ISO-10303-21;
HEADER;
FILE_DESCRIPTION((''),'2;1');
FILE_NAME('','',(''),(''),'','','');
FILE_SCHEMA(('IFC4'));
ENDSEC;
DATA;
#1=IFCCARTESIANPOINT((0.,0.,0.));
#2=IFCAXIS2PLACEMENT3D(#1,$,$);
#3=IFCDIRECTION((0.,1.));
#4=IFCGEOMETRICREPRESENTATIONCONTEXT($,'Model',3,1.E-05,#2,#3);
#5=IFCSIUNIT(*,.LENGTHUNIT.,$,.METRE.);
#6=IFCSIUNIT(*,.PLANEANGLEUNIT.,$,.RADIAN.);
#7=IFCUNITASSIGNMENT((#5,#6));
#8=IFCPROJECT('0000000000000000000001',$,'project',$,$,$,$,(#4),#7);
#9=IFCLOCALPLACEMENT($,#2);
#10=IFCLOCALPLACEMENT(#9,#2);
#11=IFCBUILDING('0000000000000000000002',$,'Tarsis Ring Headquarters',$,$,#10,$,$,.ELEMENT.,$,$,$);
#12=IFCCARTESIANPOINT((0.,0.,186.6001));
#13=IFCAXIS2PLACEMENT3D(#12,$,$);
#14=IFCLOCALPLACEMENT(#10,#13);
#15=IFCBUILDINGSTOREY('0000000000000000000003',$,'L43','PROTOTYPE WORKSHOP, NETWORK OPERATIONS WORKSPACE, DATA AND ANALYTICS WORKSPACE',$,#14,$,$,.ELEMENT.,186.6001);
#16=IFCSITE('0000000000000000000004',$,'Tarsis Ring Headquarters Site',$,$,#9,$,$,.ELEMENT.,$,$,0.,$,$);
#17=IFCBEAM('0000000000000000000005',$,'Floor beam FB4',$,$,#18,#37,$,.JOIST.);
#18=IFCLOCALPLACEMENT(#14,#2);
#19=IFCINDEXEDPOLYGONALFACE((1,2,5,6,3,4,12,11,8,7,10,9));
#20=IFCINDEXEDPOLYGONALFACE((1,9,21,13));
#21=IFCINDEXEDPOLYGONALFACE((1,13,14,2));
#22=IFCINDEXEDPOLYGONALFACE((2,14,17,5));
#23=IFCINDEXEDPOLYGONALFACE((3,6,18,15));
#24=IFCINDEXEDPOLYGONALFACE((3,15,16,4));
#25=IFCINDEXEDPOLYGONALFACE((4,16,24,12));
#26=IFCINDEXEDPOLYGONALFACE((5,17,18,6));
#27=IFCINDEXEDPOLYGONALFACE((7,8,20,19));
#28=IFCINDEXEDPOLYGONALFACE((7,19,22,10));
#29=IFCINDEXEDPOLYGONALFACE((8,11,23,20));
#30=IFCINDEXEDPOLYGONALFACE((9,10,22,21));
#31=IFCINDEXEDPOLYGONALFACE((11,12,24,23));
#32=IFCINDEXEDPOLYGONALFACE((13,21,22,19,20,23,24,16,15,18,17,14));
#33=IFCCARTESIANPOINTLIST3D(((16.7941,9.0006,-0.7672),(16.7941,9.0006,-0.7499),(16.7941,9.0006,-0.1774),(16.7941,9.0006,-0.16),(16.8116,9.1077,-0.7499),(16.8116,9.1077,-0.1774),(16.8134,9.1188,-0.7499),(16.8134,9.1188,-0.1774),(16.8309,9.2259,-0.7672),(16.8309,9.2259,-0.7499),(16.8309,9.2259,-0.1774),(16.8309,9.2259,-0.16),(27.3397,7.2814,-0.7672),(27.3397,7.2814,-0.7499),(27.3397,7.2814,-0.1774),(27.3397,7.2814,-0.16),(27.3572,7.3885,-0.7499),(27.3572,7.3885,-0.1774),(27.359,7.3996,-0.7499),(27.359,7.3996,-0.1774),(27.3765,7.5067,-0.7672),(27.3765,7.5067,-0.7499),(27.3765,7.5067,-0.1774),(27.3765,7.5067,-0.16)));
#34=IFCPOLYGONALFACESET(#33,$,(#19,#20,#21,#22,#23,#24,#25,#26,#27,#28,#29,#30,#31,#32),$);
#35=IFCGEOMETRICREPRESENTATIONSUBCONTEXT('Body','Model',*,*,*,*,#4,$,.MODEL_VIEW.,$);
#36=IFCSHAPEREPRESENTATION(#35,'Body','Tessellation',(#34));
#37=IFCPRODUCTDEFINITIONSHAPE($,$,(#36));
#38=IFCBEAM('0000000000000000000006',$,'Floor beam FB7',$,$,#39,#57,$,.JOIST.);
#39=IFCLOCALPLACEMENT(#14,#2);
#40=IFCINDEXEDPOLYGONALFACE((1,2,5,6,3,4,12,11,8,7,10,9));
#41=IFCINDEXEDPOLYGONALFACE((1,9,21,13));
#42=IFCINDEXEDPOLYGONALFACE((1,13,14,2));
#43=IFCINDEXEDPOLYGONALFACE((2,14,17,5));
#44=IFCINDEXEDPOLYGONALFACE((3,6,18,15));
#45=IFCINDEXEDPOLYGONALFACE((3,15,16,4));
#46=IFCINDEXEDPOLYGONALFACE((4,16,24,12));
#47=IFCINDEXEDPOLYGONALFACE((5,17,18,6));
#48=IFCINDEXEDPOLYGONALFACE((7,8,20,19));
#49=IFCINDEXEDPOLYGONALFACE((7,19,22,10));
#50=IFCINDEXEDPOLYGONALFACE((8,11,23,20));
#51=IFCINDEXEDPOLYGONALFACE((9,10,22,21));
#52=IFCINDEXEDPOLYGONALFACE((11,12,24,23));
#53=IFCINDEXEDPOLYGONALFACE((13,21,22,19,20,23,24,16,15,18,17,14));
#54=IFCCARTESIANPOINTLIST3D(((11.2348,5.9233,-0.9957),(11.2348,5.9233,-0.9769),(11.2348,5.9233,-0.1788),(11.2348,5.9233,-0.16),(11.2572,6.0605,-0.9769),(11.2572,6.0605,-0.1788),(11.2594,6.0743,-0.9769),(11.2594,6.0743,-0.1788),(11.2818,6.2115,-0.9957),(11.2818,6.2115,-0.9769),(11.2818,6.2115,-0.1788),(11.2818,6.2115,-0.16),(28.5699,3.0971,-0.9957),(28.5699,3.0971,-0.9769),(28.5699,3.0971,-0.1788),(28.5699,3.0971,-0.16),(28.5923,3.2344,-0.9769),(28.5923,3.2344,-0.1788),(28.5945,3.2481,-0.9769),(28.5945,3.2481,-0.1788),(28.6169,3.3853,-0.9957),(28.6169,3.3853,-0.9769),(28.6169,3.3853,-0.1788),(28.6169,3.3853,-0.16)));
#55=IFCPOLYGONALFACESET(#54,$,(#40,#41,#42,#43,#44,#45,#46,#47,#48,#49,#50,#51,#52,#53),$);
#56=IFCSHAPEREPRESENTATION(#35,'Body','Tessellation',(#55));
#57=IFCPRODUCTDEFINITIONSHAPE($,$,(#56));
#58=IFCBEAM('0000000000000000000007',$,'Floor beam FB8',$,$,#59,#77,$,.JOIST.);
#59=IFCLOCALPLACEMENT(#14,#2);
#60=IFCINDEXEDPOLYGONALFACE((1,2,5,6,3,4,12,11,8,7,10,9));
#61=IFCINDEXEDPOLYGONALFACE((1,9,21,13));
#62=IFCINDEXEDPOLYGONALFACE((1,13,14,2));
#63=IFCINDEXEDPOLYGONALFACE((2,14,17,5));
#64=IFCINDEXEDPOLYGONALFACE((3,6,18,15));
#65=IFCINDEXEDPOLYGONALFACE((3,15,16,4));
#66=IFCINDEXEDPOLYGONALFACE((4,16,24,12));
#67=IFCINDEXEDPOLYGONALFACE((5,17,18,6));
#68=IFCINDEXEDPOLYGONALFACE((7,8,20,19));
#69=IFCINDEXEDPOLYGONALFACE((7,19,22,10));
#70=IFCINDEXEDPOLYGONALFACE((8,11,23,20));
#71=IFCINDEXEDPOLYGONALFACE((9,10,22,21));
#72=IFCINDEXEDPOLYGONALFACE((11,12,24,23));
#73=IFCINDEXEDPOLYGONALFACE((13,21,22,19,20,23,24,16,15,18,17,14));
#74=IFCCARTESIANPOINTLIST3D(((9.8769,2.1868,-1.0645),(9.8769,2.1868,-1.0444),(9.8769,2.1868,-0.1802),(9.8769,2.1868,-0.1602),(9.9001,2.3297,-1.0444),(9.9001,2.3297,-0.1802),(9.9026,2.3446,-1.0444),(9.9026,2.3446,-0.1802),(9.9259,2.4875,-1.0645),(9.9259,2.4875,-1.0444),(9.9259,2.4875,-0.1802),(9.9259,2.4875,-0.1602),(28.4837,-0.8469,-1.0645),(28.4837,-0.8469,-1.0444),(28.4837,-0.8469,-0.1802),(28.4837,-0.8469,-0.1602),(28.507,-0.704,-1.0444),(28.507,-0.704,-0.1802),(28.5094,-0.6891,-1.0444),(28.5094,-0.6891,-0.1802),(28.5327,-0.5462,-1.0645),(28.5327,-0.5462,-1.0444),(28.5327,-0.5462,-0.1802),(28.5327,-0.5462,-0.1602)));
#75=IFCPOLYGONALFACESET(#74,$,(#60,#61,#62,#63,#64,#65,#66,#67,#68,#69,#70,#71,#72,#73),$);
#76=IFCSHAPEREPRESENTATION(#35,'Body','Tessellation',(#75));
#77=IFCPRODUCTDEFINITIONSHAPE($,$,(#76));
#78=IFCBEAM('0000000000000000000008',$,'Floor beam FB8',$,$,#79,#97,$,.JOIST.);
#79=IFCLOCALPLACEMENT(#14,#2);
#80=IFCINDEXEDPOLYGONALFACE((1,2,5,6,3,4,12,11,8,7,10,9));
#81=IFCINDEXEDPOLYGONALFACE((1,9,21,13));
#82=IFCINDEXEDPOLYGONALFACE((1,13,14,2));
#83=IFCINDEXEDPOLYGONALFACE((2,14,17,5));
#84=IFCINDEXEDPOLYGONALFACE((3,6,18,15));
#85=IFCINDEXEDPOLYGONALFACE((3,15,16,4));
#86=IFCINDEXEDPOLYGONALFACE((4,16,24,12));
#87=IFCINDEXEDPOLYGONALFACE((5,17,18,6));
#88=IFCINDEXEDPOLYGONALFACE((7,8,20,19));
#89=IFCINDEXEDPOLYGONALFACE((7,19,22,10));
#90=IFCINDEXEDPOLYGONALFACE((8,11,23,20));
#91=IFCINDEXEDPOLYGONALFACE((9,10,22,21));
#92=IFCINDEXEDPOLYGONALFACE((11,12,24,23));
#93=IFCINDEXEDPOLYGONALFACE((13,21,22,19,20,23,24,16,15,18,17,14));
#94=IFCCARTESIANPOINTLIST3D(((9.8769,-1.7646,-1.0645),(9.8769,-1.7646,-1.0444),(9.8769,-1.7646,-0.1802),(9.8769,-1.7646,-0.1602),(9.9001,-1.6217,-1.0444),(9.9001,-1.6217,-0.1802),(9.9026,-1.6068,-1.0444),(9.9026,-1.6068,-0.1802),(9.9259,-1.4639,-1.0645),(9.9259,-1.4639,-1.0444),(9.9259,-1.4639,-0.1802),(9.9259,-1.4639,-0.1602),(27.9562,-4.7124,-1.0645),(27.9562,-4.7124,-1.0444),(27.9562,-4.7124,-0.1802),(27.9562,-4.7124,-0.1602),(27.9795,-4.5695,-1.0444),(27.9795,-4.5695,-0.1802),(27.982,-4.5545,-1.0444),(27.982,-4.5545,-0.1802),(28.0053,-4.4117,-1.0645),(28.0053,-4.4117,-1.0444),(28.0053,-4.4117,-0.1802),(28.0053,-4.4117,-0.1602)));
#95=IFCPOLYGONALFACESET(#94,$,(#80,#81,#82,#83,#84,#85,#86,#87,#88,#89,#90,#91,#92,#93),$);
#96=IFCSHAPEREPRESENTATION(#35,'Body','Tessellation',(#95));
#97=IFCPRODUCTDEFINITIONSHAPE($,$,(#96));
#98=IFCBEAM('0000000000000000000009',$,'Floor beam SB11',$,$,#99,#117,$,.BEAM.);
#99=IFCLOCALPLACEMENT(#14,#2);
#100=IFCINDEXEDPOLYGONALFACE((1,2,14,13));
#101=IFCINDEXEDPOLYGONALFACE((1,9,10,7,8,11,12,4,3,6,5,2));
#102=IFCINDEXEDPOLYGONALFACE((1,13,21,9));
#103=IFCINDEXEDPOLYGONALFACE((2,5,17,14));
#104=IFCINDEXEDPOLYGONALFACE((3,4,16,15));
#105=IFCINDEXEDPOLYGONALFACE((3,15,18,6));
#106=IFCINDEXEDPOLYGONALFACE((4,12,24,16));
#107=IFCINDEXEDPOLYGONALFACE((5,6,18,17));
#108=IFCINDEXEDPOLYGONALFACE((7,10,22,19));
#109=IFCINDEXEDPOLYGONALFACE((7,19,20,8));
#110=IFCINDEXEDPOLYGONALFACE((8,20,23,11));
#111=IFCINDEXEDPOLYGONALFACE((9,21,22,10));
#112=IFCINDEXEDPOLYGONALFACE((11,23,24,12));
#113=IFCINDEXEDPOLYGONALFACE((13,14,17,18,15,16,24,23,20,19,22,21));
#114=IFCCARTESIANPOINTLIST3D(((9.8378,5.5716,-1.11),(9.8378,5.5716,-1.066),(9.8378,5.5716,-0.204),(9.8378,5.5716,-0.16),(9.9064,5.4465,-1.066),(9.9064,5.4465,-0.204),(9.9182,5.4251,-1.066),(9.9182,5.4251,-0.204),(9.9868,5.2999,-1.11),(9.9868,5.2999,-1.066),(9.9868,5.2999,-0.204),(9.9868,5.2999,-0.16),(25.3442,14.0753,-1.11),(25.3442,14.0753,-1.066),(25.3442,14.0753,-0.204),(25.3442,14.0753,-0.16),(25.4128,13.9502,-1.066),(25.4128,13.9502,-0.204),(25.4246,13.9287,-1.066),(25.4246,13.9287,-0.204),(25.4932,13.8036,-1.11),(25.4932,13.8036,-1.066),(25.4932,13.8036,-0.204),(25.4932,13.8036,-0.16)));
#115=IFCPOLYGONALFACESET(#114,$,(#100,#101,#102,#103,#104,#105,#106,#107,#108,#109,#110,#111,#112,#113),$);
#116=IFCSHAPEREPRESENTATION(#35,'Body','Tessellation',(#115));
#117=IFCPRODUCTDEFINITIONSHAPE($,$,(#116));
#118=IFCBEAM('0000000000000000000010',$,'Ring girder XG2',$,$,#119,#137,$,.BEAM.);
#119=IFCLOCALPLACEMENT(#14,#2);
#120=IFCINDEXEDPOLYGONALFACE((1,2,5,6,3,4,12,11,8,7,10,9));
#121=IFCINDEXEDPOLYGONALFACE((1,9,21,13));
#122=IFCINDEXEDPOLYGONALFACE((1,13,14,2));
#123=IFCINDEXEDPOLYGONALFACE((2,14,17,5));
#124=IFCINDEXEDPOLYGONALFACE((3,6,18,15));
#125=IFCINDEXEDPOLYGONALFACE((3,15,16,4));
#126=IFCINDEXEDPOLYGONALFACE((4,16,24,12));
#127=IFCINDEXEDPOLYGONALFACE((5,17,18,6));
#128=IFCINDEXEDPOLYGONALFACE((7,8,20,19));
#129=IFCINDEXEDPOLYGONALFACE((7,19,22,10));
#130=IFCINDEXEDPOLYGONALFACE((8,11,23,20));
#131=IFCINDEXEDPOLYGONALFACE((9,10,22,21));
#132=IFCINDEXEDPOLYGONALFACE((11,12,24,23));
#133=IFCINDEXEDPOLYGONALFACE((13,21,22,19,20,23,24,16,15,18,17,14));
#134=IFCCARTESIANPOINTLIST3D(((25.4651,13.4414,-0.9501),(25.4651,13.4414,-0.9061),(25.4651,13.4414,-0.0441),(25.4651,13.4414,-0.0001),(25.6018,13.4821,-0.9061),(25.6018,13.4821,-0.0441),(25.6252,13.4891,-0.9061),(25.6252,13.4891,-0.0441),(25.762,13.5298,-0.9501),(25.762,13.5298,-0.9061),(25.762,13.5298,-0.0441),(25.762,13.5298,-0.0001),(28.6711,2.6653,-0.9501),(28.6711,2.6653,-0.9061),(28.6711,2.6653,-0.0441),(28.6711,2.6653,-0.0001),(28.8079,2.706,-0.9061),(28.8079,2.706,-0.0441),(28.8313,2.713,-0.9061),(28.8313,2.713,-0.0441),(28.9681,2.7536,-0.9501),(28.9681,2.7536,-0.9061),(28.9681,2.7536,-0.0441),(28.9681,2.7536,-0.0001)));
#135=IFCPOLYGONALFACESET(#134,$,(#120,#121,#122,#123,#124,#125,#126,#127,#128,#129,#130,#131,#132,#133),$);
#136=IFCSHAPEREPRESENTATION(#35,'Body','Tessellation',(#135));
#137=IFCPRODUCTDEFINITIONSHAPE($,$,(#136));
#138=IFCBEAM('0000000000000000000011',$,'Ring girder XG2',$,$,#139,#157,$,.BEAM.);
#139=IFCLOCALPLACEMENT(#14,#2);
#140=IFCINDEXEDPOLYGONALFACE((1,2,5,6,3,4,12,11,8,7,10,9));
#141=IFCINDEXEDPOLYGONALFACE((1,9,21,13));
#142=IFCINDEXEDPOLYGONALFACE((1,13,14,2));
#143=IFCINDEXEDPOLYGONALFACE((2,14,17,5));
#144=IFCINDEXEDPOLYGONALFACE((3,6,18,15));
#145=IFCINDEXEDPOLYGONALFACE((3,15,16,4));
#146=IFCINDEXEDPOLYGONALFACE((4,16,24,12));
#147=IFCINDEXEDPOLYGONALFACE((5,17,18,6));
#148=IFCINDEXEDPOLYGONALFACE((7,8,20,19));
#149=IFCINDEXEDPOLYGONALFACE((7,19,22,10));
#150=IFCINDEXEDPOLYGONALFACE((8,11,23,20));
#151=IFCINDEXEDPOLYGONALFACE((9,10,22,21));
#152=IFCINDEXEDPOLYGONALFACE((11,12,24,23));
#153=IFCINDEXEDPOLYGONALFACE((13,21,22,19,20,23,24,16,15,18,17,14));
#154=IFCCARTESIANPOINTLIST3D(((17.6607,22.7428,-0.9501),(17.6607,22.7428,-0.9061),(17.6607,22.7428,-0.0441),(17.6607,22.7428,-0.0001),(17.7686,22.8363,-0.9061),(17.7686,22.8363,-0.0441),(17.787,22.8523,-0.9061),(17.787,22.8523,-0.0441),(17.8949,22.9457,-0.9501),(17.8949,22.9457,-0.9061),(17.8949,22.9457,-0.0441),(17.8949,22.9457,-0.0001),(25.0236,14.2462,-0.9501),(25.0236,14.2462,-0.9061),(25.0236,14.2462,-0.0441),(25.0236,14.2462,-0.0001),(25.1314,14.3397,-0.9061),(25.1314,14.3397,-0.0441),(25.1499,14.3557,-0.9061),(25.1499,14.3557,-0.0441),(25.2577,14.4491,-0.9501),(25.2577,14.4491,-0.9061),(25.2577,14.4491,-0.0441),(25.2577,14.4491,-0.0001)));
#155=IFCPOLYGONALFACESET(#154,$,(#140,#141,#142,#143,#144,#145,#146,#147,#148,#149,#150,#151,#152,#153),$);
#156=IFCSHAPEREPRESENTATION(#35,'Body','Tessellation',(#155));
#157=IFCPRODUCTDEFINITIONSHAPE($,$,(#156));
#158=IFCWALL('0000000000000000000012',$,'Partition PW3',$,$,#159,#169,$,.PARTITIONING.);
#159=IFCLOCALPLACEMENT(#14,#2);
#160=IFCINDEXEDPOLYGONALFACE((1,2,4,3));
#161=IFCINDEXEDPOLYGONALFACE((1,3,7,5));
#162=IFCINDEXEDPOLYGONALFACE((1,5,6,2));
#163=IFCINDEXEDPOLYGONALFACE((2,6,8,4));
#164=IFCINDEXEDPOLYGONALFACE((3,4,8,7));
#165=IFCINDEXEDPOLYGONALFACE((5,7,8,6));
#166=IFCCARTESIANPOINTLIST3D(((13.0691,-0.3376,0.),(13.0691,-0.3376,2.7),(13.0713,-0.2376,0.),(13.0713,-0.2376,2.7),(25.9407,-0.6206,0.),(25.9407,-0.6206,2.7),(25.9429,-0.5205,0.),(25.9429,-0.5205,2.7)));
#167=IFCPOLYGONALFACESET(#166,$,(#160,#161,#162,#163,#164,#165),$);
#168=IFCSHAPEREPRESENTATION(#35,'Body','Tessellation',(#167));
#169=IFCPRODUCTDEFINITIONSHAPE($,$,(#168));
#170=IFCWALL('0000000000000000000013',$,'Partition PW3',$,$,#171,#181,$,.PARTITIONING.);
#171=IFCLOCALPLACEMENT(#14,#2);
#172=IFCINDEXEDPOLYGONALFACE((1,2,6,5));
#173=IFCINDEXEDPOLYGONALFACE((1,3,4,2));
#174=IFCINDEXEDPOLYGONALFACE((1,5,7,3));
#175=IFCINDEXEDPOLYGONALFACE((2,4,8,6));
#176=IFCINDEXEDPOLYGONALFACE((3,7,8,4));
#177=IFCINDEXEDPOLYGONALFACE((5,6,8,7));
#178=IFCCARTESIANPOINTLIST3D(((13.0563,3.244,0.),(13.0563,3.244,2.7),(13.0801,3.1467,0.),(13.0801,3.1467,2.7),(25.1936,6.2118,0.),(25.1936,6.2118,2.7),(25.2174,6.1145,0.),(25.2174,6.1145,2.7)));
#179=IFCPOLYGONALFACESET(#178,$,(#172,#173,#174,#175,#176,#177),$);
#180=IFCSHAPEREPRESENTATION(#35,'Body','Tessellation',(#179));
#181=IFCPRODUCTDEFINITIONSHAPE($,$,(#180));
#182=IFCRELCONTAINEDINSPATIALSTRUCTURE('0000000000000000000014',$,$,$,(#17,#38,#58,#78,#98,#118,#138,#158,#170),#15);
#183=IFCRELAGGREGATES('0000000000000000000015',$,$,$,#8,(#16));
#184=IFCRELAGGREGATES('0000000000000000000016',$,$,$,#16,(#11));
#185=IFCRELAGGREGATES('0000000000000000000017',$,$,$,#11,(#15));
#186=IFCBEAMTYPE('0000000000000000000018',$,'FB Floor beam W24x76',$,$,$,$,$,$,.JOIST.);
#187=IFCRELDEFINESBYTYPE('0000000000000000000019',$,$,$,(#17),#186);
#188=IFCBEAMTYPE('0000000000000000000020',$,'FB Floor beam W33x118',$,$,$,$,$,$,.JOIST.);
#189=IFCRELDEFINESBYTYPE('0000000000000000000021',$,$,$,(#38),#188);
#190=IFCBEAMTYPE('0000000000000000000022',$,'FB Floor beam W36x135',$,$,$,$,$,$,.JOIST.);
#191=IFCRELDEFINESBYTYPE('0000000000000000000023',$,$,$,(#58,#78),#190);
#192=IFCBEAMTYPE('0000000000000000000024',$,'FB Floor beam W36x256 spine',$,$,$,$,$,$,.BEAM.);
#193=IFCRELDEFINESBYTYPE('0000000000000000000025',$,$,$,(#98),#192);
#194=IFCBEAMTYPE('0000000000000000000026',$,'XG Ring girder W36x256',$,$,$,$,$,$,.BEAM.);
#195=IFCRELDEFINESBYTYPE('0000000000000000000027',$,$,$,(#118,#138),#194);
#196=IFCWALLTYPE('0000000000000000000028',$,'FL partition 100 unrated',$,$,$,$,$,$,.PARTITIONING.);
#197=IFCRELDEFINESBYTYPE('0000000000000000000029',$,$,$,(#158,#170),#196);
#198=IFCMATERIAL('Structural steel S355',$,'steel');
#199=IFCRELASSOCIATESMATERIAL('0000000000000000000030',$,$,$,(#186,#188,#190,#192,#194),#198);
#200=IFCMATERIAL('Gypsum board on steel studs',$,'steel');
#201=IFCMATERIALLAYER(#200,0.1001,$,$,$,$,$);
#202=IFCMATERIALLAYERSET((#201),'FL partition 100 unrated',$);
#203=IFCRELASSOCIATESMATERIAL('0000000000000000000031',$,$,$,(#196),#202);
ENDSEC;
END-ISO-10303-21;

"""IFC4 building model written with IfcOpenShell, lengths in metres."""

from ifc_helpers import new_model, si_unit, direction, frame, frame_2d, origin, origin_2d, place, context, subcontext, project, spatial, rectangle, i_section, extrude, material, layer, layer_set, material_profile, profile_set, type_object, element, save


model = new_model("IFC4")

# Units and contexts
model_context = context("Model", 3, precision=1e-05, world=origin(), true_north=direction((0.0, 1.0)))
body_context = subcontext(model_context, "Body", "Model", "MODEL_VIEW")
ifc_project = project(units=[si_unit("LENGTHUNIT", "METRE"), si_unit("PLANEANGLEUNIT", "RADIAN")], contexts=[model_context])

# Site, building, storey
site_placement = place(None, origin())
site = spatial("IfcSite", under=ifc_project, at=site_placement, Name="Tarsis Ring Headquarters Site", CompositionType="ELEMENT", RefElevation=0.0)
building_placement = place(site_placement, origin())
building = spatial("IfcBuilding", under=site, at=building_placement, Name="Tarsis Ring Headquarters", CompositionType="ELEMENT")
storey_placement = place(building_placement, frame((0.0, 0.0, 186.6001)))
storey = spatial("IfcBuildingStorey", under=building, at=storey_placement, Name="L43", Description="PROTOTYPE WORKSHOP, NETWORK OPERATIONS WORKSPACE, DATA AND ANALYTICS WORKSPACE", CompositionType="ELEMENT", Elevation=186.6001)

# Shared definitions
ifc_material_1 = material(Name="Structural steel S355", Category="steel")

# Beams
ifc_material_profile_1 = material_profile(ifc_material_1, i_section(OverallWidth=0.2283, OverallDepth=0.6072, WebThickness=0.0112, FlangeThickness=0.0173, at=origin_2d()), Name="W24x76")
ifc_profile_set_1 = profile_set([ifc_material_profile_1], Name="Structural steel S355")
beam_type_1 = type_object("IfcBeamType", Name="FB Floor beam W24x76", PredefinedType="JOIST", material=ifc_profile_set_1)
beam_1_placement = place(storey_placement, frame((16.8125, 9.1133, -0.4636), z_axis=(0.98697, -0.160904, 0.0), x_axis=(0.160904, 0.98697, 0.0)))
element("IfcBeam", 1, at=beam_1_placement, inside=storey, type_object=beam_type_1, Name="Floor beam FB4", PredefinedType="JOIST", context=body_context, shape_type="SweptSolid", body=[
    extrude(i_section(OverallWidth=0.2283, OverallDepth=0.6072, WebThickness=0.0112, FlangeThickness=0.0173, at=origin_2d()), origin(), (0.0, 0.0, 1.0), 10.6848),
])
ifc_material_profile_2 = material_profile(ifc_material_1, i_section(OverallWidth=0.292, OverallDepth=0.8357, WebThickness=0.0139, FlangeThickness=0.0188, at=origin_2d()), Name="W33x118")
ifc_profile_set_2 = profile_set([ifc_material_profile_2], Name="Structural steel S355")
beam_type_2 = type_object("IfcBeamType", Name="FB Floor beam W33x118", PredefinedType="JOIST", material=ifc_profile_set_2)
beam_2_placement = place(storey_placement, frame((11.2583, 6.0674, -0.5779), z_axis=(0.98697, -0.160906, 0.0), x_axis=(0.160906, 0.98697, 0.0)))
element("IfcBeam", 2, at=beam_2_placement, inside=storey, type_object=beam_type_2, Name="Floor beam FB7", PredefinedType="JOIST", context=body_context, shape_type="SweptSolid", body=[
    extrude(i_section(OverallWidth=0.292, OverallDepth=0.8357, WebThickness=0.0139, FlangeThickness=0.0188, at=origin_2d()), origin(), (0.0, 0.0, 1.0), 17.564),
])
ifc_material_profile_3 = material_profile(ifc_material_1, i_section(OverallWidth=0.3047, OverallDepth=0.9043, WebThickness=0.0151, FlangeThickness=0.02, at=origin_2d()), Name="W36x135")
ifc_profile_set_3 = profile_set([ifc_material_profile_3], Name="Structural steel S355")
beam_type_3 = type_object("IfcBeamType", Name="FB Floor beam W36x135", PredefinedType="JOIST", material=ifc_profile_set_3)
beam_3_placement = place(storey_placement, frame((9.9014, 2.3372, -0.6123), z_axis=(0.986968, -0.160916, 0.0), x_axis=(0.160916, 0.986968, 0.0)))
element("IfcBeam", 3, at=beam_3_placement, inside=storey, type_object=beam_type_3, Name="Floor beam FB8", PredefinedType="JOIST", context=body_context, shape_type="SweptSolid", body=[
    extrude(i_section(OverallWidth=0.3047, OverallDepth=0.9043, WebThickness=0.0151, FlangeThickness=0.02, at=origin_2d()), origin(), (0.0, 0.0, 1.0), 18.8525),
])
beam_4_placement = place(storey_placement, frame((9.9014, -1.6143, -0.6123), z_axis=(0.986967, -0.16092, 0.0), x_axis=(0.16092, 0.986967, 0.0)))
element("IfcBeam", 4, at=beam_4_placement, inside=storey, type_object=beam_type_3, Name="Floor beam FB8", PredefinedType="JOIST", context=body_context, shape_type="SweptSolid", body=[
    extrude(i_section(OverallWidth=0.3047, OverallDepth=0.9043, WebThickness=0.0151, FlangeThickness=0.02, at=origin_2d()), origin(), (0.0, 0.0, 1.0), 18.3181),
])
ifc_material_profile_4 = material_profile(ifc_material_1, i_section(OverallWidth=0.3098, OverallDepth=0.95, WebThickness=0.0244, FlangeThickness=0.0439, at=origin_2d()), Name="W36x256")
ifc_profile_set_4 = profile_set([ifc_material_profile_4], Name="Structural steel S355")
beam_type_4 = type_object("IfcBeamType", Name="FB Floor beam W36x256 spine", PredefinedType="BEAM", material=ifc_profile_set_4)
beam_5_placement = place(storey_placement, frame((25.4187, 13.9395, -0.635), z_axis=(-0.876808, -0.48084, 0.0), x_axis=(0.48084, -0.876808, 0.0)))
element("IfcBeam", 5, at=beam_5_placement, inside=storey, type_object=beam_type_4, Name="Floor beam SB11", PredefinedType="BEAM", context=body_context, shape_type="SweptSolid", body=[
    extrude(i_section(OverallWidth=0.3098, OverallDepth=0.95, WebThickness=0.0244, FlangeThickness=0.0439, at=origin_2d()), origin(), (0.0, 0.0, 1.0), 17.6851),
])
beam_type_5 = type_object("IfcBeamType", Name="XG Ring girder W36x256", PredefinedType="BEAM", material=ifc_profile_set_4)
for number, where, z_axis, x_axis, name in (
    (6, (28.8196, 2.7095, -0.4751), (-0.285162, 0.958479, 0.0), (-0.958479, -0.285162, 0.0), "Ring girder XG2"),
    (7, (25.1406, 14.3477, -0.4751), (-0.654884, 0.755729, 0.0), (-0.755729, -0.654884, 0.0), "Ring girder XG2"),
):
    element("IfcBeam", number, at=place(storey_placement, frame(where, z_axis=z_axis, x_axis=x_axis)), inside=storey, type_object=beam_type_5, Name=name, PredefinedType="BEAM", context=body_context, shape_type="SweptSolid", body=[
        extrude(i_section(OverallWidth=0.3098, OverallDepth=0.95, WebThickness=0.0244, FlangeThickness=0.0439, at=origin_2d()), origin(), (0.0, 0.0, 1.0), 11.2429),
    ])

# Walls
ifc_material_2 = material(Name="Gypsum board on steel studs", Category="steel")
ifc_layer_1 = layer(ifc_material_2, 0.1001)
ifc_layer_set_1 = layer_set([ifc_layer_1], Name="FL partition 100 unrated")
wall_type_1 = type_object("IfcWallType", Name="FL partition 100 unrated", PredefinedType="PARTITIONING", material=ifc_layer_set_1)
wall_1_placement = place(storey_placement, frame((13.0701, -0.2876, 0.0), z_axis=(0.0, 0.0, 1.0), x_axis=(0.999758, -0.021978, 0.0)))
element("IfcWall", 8, at=wall_1_placement, inside=storey, type_object=wall_type_1, Name="Partition PW3", PredefinedType="PARTITIONING", context=body_context, shape_type="SweptSolid", body=[
    extrude(rectangle(XDim=12.8748, YDim=0.1001, at=frame_2d((6.4375, 0.0))), origin(), (0.0, 0.0, 1.0), 2.7),
])
wall_2_placement = place(storey_placement, frame((13.0681, 3.1953, 0.0), z_axis=(0.0, 0.0, 1.0), x_axis=(0.971382, 0.237521, 0.0)))
element("IfcWall", 9, at=wall_2_placement, inside=storey, type_object=wall_type_1, Name="Partition PW3", PredefinedType="PARTITIONING", context=body_context, shape_type="SweptSolid", body=[
    extrude(rectangle(XDim=12.4949, YDim=0.1001, at=frame_2d((6.2476, 0.0))), origin(), (0.0, 0.0, 1.0), 2.7),
])

save(model, "model.ifc")
